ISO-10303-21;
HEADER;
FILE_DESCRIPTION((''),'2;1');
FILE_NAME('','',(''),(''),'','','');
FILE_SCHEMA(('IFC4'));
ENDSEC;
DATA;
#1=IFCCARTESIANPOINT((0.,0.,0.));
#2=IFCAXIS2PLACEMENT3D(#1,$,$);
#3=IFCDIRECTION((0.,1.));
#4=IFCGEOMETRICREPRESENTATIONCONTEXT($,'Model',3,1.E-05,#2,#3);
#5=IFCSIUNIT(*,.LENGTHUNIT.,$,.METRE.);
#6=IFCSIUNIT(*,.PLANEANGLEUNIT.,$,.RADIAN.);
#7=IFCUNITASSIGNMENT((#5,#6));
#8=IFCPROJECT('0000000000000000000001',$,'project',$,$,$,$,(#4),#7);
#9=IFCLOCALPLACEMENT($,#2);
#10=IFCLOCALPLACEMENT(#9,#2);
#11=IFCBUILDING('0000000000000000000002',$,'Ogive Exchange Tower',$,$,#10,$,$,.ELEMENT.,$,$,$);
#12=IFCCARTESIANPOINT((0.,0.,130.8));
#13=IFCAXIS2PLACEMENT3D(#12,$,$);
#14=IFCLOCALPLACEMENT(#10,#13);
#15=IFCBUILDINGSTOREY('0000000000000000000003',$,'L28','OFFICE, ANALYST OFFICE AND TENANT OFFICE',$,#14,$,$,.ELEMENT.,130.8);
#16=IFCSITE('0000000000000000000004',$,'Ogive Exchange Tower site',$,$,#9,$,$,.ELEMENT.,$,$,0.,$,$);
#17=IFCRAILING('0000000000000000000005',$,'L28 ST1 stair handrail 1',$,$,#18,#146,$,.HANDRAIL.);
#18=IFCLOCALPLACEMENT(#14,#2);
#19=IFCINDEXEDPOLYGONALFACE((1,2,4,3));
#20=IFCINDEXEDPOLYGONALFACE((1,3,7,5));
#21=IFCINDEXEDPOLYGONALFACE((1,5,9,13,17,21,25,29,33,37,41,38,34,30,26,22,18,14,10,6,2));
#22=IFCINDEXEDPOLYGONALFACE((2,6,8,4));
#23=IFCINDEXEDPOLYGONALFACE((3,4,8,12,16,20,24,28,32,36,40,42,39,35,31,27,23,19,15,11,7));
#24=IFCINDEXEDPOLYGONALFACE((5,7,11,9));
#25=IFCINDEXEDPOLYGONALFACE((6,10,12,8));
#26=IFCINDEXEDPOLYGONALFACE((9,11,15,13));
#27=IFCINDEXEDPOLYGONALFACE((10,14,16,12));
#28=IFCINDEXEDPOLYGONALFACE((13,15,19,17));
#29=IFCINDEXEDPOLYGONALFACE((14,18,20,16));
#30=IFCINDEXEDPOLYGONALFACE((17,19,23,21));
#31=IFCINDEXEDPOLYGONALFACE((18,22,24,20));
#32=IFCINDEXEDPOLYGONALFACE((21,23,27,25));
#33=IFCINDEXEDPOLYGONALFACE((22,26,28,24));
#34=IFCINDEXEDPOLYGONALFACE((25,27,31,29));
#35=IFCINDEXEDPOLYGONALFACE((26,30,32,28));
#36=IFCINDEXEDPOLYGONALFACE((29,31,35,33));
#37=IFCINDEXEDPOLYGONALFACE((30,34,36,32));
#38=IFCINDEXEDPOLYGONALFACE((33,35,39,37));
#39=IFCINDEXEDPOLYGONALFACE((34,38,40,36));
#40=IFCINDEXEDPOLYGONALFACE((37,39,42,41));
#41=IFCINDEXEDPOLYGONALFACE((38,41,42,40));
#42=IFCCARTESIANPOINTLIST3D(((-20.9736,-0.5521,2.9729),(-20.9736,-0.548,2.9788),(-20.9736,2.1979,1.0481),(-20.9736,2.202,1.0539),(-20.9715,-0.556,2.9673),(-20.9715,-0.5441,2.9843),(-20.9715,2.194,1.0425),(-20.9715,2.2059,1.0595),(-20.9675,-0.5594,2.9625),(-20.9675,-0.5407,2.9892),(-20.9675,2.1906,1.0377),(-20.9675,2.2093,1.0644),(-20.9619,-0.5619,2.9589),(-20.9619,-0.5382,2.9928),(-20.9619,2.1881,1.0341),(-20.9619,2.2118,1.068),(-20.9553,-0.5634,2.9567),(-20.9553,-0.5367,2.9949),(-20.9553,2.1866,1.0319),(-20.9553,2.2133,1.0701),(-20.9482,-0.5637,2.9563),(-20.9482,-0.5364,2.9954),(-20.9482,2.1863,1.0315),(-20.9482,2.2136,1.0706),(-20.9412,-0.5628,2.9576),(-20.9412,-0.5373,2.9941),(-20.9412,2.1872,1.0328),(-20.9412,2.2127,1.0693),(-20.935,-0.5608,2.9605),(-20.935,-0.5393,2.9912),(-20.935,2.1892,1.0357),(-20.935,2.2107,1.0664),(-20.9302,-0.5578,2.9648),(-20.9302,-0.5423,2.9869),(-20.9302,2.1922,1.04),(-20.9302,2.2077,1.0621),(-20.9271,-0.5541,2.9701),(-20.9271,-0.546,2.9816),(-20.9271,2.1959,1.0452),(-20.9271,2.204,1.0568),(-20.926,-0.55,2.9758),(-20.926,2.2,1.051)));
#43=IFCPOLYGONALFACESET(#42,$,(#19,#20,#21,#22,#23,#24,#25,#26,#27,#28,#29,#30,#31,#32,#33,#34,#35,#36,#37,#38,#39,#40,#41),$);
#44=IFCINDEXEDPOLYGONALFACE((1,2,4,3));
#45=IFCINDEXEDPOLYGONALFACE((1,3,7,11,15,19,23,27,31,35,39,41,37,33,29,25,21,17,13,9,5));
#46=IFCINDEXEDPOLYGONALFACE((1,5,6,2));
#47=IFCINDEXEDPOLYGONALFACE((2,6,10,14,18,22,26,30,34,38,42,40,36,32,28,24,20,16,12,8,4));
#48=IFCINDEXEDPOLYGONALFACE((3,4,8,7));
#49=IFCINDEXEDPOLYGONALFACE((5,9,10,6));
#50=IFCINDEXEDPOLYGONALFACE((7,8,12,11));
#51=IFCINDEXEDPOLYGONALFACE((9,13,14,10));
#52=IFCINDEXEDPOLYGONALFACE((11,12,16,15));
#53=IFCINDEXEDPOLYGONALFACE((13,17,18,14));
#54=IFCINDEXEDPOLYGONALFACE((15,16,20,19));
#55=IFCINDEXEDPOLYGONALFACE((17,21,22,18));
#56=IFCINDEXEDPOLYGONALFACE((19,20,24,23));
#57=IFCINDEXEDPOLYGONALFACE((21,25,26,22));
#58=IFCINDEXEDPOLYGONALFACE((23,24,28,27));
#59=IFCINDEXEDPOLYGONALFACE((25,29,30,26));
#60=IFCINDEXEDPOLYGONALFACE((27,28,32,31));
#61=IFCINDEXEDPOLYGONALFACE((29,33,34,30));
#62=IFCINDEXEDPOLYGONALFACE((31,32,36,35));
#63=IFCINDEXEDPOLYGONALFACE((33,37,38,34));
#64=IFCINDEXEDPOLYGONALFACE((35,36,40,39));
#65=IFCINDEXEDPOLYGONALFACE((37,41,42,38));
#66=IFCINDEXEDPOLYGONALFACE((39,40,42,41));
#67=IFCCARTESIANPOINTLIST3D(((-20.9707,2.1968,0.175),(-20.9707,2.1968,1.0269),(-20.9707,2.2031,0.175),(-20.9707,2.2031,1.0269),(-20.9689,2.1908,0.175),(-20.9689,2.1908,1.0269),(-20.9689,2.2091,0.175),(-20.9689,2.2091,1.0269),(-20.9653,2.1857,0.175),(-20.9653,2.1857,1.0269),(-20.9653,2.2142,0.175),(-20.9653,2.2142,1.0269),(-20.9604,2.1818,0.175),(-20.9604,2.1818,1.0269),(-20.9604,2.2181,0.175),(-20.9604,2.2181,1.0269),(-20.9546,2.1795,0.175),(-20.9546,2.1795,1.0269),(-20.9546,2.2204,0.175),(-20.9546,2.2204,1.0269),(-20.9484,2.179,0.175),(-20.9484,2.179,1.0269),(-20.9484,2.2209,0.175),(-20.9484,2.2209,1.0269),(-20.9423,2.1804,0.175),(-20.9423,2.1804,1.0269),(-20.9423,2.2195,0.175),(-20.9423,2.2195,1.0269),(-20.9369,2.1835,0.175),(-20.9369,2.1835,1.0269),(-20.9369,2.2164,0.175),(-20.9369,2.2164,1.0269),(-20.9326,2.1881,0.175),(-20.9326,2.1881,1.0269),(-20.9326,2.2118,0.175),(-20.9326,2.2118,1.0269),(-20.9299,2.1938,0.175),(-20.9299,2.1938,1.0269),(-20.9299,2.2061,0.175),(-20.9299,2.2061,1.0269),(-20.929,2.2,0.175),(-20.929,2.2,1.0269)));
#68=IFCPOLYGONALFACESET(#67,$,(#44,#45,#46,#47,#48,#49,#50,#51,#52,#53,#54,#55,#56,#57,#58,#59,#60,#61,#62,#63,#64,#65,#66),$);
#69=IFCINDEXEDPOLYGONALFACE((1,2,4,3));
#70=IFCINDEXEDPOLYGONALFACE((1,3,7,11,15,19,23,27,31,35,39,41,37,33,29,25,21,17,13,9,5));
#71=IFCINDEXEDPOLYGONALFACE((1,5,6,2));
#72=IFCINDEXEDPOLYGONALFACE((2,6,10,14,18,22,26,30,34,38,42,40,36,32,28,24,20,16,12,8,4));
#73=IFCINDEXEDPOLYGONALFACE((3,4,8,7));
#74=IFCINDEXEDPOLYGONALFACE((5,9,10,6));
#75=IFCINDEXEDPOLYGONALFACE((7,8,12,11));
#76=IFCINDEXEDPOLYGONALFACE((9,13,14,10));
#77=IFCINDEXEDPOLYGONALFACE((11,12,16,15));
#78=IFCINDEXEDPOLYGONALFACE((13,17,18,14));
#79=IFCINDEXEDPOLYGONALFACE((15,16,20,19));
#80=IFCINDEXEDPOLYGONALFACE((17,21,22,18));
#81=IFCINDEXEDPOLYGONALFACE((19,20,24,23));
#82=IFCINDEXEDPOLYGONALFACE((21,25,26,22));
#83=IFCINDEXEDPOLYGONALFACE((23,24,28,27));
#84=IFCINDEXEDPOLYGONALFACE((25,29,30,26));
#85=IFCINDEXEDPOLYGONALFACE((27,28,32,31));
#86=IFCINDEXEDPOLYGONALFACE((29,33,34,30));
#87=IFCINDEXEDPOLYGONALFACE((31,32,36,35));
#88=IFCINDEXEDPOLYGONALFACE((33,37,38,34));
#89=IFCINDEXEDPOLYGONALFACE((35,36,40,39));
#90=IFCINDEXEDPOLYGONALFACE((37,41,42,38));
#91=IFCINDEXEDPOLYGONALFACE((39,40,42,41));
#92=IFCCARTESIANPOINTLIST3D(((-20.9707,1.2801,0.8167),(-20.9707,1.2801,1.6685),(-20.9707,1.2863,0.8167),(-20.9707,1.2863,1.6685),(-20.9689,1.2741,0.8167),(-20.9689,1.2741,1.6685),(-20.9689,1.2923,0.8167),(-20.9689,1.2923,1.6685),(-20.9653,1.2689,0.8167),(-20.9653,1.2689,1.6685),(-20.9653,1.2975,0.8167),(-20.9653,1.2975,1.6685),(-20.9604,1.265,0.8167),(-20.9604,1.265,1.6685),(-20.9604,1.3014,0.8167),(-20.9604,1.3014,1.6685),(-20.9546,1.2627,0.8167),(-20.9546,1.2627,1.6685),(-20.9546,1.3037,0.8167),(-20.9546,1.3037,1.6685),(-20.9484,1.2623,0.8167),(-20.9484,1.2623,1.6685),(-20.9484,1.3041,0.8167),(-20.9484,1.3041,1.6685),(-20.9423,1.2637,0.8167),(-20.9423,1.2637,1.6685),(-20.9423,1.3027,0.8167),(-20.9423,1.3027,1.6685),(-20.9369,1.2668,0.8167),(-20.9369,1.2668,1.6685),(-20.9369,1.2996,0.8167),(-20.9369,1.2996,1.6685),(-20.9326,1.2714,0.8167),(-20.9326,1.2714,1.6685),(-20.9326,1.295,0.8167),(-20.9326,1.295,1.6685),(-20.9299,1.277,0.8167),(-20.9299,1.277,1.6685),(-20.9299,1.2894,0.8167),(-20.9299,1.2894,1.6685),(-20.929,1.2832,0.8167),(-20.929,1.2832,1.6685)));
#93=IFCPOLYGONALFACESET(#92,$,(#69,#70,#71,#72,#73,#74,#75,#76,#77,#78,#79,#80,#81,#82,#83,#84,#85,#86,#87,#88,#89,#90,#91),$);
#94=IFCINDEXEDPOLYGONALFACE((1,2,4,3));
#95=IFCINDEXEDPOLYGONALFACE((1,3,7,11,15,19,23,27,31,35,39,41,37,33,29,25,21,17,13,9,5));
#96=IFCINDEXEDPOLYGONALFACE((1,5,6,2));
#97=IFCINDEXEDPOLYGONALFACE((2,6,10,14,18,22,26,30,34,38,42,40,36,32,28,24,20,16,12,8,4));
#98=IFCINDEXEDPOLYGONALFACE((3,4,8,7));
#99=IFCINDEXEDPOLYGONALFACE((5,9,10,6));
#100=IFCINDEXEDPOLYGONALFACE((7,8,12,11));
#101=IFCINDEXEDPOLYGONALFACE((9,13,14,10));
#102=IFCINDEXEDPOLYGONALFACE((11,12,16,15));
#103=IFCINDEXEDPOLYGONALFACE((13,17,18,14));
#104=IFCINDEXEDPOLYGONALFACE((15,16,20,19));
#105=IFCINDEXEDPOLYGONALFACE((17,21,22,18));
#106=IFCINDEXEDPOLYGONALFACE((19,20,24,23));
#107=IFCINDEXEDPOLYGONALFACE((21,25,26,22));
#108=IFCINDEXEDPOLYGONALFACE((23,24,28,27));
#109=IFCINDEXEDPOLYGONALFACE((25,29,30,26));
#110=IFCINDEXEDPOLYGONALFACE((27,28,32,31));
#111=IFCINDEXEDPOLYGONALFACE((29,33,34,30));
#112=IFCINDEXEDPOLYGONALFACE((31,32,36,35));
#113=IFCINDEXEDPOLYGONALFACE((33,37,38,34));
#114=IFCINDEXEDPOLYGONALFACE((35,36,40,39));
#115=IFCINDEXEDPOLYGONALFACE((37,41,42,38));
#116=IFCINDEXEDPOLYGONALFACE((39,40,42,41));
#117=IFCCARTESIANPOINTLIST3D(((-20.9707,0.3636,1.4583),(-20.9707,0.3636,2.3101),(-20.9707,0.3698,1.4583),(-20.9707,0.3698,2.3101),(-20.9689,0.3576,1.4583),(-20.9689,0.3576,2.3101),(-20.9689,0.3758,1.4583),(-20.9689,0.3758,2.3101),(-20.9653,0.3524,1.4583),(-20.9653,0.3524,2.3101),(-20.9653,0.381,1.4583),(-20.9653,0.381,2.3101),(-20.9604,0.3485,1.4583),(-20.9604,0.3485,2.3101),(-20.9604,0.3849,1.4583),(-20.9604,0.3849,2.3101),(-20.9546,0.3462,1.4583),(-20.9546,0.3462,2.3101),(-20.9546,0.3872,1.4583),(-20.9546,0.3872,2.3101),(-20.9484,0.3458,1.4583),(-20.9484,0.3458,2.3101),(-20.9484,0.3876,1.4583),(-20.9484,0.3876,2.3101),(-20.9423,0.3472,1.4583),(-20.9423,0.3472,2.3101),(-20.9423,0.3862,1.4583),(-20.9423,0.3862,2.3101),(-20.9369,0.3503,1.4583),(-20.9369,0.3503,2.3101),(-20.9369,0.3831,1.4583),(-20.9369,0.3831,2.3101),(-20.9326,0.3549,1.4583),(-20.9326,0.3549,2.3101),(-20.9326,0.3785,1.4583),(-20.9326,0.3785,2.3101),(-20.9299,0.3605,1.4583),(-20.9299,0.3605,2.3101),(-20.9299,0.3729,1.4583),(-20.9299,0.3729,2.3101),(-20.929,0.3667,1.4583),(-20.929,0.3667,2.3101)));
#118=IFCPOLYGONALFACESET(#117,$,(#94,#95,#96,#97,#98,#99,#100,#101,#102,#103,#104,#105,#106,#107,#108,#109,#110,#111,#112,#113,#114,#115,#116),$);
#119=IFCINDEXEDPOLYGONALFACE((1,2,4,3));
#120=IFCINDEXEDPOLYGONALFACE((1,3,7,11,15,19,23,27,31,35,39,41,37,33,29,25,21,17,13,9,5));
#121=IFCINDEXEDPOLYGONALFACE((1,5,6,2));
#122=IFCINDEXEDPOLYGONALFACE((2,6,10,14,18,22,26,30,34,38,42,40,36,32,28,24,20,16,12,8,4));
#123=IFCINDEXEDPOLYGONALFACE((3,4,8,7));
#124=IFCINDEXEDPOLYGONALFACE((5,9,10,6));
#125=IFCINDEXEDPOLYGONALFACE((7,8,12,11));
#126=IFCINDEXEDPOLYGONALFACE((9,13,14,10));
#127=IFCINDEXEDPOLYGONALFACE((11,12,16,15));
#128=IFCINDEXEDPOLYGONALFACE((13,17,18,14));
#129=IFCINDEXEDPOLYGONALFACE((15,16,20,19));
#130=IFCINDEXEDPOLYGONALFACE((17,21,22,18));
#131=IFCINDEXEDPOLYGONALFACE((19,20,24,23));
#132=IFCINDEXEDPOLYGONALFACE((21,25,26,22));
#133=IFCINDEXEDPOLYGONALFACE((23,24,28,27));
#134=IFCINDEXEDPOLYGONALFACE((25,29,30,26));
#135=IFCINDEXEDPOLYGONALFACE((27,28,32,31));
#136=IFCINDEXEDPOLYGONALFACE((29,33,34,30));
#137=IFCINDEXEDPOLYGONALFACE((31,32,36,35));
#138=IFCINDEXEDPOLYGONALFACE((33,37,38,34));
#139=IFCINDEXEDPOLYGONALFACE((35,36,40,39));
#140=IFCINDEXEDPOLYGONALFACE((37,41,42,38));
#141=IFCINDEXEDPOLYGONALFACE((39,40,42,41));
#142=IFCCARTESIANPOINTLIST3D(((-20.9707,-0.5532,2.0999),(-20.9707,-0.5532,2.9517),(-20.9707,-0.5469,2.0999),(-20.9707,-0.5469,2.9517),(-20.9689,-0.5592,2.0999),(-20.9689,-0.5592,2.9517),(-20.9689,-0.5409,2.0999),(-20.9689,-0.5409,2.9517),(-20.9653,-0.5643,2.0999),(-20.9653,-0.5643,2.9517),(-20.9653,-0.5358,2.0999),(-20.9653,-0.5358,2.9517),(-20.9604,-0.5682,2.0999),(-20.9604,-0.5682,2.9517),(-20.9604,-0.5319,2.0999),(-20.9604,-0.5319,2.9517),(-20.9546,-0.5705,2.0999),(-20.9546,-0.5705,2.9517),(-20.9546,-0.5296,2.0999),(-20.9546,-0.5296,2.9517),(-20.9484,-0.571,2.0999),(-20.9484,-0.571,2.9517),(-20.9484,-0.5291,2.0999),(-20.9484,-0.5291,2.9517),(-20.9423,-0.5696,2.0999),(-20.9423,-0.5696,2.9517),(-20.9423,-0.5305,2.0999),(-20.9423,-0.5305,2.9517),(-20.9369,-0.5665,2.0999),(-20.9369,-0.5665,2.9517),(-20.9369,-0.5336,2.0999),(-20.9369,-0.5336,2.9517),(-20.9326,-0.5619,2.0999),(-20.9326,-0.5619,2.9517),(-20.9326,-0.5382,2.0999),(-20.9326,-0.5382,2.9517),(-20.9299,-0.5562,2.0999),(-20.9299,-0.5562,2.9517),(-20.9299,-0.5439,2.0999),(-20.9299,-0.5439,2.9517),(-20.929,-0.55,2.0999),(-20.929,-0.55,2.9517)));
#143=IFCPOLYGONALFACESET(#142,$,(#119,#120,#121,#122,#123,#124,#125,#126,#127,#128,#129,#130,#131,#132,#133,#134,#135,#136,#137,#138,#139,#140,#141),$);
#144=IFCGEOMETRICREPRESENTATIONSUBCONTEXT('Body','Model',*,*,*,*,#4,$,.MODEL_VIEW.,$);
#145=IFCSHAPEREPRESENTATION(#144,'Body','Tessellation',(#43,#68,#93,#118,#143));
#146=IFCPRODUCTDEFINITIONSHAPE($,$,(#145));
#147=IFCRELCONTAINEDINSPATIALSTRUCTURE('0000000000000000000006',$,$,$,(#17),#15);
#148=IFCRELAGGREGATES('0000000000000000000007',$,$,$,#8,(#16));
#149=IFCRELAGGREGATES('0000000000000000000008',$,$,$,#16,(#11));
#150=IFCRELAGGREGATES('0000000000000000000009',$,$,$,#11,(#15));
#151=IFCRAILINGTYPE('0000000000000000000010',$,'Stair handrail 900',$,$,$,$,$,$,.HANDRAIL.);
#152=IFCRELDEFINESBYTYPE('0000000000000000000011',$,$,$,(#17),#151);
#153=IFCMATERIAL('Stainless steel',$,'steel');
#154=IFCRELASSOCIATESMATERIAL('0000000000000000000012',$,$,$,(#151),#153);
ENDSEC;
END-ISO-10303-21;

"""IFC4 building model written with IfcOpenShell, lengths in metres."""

from ifc_helpers import new_model, si_unit, direction, frame, origin, origin_2d, place, context, subcontext, project, spatial, circle, extrude, material, type_object, element, save


model = new_model("IFC4")

# Units and contexts
model_context = context("Model", 3, precision=1e-05, world=origin(), true_north=direction((0.0, 1.0)))
body_context = subcontext(model_context, "Body", "Model", "MODEL_VIEW")
ifc_project = project(units=[si_unit("LENGTHUNIT", "METRE"), si_unit("PLANEANGLEUNIT", "RADIAN")], contexts=[model_context])

# Site, building, storey
site_placement = place(None, origin())
site = spatial("IfcSite", under=ifc_project, at=site_placement, Name="Ogive Exchange Tower site", CompositionType="ELEMENT", RefElevation=0.0)
building_placement = place(site_placement, origin())
building = spatial("IfcBuilding", under=site, at=building_placement, Name="Ogive Exchange Tower", CompositionType="ELEMENT")
storey_placement = place(building_placement, frame((0.0, 0.0, 130.8)))
storey = spatial("IfcBuildingStorey", under=building, at=storey_placement, Name="L28", Description="OFFICE, ANALYST OFFICE AND TENANT OFFICE", CompositionType="ELEMENT", Elevation=130.8)

# Shared definitions
ifc_material_1 = material(Name="Stainless steel", Category="steel")

# Railing
railing_type = type_object("IfcRailingType", Name="Stair handrail 900", PredefinedType="HANDRAIL", material=ifc_material_1)
railing_1_placement = place(storey_placement, frame((-20.95, 2.2, 0.175)))
element("IfcRailing", 1, at=railing_1_placement, inside=storey, type_object=railing_type, Name="L28 ST1 stair handrail 1", PredefinedType="HANDRAIL", context=body_context, shape_type="SweptSolid", body=[
    extrude(circle(Radius=0.0239, at=origin_2d()), frame((0.0, 0.0, 0.876), z_axis=(0.0, -0.819259, 0.573423), x_axis=(1.0, 0.0, 0.0)), (0.0, 0.0, 1.0), 3.3567),
    extrude(circle(Radius=0.021, at=origin_2d()), origin(), (0.0, 0.0, 1.0), 0.8518),
    extrude(circle(Radius=0.021, at=origin_2d()), frame((0.0, -0.9167, 0.6416)), (0.0, 0.0, 1.0), 0.8518),
    extrude(circle(Radius=0.021, at=origin_2d()), frame((0.0, -1.8333, 1.2832)), (0.0, 0.0, 1.0), 0.8518),
    extrude(circle(Radius=0.021, at=origin_2d()), frame((0.0, -2.75, 1.9248)), (0.0, 0.0, 1.0), 0.8518),
])

save(model, "model.ifc")
